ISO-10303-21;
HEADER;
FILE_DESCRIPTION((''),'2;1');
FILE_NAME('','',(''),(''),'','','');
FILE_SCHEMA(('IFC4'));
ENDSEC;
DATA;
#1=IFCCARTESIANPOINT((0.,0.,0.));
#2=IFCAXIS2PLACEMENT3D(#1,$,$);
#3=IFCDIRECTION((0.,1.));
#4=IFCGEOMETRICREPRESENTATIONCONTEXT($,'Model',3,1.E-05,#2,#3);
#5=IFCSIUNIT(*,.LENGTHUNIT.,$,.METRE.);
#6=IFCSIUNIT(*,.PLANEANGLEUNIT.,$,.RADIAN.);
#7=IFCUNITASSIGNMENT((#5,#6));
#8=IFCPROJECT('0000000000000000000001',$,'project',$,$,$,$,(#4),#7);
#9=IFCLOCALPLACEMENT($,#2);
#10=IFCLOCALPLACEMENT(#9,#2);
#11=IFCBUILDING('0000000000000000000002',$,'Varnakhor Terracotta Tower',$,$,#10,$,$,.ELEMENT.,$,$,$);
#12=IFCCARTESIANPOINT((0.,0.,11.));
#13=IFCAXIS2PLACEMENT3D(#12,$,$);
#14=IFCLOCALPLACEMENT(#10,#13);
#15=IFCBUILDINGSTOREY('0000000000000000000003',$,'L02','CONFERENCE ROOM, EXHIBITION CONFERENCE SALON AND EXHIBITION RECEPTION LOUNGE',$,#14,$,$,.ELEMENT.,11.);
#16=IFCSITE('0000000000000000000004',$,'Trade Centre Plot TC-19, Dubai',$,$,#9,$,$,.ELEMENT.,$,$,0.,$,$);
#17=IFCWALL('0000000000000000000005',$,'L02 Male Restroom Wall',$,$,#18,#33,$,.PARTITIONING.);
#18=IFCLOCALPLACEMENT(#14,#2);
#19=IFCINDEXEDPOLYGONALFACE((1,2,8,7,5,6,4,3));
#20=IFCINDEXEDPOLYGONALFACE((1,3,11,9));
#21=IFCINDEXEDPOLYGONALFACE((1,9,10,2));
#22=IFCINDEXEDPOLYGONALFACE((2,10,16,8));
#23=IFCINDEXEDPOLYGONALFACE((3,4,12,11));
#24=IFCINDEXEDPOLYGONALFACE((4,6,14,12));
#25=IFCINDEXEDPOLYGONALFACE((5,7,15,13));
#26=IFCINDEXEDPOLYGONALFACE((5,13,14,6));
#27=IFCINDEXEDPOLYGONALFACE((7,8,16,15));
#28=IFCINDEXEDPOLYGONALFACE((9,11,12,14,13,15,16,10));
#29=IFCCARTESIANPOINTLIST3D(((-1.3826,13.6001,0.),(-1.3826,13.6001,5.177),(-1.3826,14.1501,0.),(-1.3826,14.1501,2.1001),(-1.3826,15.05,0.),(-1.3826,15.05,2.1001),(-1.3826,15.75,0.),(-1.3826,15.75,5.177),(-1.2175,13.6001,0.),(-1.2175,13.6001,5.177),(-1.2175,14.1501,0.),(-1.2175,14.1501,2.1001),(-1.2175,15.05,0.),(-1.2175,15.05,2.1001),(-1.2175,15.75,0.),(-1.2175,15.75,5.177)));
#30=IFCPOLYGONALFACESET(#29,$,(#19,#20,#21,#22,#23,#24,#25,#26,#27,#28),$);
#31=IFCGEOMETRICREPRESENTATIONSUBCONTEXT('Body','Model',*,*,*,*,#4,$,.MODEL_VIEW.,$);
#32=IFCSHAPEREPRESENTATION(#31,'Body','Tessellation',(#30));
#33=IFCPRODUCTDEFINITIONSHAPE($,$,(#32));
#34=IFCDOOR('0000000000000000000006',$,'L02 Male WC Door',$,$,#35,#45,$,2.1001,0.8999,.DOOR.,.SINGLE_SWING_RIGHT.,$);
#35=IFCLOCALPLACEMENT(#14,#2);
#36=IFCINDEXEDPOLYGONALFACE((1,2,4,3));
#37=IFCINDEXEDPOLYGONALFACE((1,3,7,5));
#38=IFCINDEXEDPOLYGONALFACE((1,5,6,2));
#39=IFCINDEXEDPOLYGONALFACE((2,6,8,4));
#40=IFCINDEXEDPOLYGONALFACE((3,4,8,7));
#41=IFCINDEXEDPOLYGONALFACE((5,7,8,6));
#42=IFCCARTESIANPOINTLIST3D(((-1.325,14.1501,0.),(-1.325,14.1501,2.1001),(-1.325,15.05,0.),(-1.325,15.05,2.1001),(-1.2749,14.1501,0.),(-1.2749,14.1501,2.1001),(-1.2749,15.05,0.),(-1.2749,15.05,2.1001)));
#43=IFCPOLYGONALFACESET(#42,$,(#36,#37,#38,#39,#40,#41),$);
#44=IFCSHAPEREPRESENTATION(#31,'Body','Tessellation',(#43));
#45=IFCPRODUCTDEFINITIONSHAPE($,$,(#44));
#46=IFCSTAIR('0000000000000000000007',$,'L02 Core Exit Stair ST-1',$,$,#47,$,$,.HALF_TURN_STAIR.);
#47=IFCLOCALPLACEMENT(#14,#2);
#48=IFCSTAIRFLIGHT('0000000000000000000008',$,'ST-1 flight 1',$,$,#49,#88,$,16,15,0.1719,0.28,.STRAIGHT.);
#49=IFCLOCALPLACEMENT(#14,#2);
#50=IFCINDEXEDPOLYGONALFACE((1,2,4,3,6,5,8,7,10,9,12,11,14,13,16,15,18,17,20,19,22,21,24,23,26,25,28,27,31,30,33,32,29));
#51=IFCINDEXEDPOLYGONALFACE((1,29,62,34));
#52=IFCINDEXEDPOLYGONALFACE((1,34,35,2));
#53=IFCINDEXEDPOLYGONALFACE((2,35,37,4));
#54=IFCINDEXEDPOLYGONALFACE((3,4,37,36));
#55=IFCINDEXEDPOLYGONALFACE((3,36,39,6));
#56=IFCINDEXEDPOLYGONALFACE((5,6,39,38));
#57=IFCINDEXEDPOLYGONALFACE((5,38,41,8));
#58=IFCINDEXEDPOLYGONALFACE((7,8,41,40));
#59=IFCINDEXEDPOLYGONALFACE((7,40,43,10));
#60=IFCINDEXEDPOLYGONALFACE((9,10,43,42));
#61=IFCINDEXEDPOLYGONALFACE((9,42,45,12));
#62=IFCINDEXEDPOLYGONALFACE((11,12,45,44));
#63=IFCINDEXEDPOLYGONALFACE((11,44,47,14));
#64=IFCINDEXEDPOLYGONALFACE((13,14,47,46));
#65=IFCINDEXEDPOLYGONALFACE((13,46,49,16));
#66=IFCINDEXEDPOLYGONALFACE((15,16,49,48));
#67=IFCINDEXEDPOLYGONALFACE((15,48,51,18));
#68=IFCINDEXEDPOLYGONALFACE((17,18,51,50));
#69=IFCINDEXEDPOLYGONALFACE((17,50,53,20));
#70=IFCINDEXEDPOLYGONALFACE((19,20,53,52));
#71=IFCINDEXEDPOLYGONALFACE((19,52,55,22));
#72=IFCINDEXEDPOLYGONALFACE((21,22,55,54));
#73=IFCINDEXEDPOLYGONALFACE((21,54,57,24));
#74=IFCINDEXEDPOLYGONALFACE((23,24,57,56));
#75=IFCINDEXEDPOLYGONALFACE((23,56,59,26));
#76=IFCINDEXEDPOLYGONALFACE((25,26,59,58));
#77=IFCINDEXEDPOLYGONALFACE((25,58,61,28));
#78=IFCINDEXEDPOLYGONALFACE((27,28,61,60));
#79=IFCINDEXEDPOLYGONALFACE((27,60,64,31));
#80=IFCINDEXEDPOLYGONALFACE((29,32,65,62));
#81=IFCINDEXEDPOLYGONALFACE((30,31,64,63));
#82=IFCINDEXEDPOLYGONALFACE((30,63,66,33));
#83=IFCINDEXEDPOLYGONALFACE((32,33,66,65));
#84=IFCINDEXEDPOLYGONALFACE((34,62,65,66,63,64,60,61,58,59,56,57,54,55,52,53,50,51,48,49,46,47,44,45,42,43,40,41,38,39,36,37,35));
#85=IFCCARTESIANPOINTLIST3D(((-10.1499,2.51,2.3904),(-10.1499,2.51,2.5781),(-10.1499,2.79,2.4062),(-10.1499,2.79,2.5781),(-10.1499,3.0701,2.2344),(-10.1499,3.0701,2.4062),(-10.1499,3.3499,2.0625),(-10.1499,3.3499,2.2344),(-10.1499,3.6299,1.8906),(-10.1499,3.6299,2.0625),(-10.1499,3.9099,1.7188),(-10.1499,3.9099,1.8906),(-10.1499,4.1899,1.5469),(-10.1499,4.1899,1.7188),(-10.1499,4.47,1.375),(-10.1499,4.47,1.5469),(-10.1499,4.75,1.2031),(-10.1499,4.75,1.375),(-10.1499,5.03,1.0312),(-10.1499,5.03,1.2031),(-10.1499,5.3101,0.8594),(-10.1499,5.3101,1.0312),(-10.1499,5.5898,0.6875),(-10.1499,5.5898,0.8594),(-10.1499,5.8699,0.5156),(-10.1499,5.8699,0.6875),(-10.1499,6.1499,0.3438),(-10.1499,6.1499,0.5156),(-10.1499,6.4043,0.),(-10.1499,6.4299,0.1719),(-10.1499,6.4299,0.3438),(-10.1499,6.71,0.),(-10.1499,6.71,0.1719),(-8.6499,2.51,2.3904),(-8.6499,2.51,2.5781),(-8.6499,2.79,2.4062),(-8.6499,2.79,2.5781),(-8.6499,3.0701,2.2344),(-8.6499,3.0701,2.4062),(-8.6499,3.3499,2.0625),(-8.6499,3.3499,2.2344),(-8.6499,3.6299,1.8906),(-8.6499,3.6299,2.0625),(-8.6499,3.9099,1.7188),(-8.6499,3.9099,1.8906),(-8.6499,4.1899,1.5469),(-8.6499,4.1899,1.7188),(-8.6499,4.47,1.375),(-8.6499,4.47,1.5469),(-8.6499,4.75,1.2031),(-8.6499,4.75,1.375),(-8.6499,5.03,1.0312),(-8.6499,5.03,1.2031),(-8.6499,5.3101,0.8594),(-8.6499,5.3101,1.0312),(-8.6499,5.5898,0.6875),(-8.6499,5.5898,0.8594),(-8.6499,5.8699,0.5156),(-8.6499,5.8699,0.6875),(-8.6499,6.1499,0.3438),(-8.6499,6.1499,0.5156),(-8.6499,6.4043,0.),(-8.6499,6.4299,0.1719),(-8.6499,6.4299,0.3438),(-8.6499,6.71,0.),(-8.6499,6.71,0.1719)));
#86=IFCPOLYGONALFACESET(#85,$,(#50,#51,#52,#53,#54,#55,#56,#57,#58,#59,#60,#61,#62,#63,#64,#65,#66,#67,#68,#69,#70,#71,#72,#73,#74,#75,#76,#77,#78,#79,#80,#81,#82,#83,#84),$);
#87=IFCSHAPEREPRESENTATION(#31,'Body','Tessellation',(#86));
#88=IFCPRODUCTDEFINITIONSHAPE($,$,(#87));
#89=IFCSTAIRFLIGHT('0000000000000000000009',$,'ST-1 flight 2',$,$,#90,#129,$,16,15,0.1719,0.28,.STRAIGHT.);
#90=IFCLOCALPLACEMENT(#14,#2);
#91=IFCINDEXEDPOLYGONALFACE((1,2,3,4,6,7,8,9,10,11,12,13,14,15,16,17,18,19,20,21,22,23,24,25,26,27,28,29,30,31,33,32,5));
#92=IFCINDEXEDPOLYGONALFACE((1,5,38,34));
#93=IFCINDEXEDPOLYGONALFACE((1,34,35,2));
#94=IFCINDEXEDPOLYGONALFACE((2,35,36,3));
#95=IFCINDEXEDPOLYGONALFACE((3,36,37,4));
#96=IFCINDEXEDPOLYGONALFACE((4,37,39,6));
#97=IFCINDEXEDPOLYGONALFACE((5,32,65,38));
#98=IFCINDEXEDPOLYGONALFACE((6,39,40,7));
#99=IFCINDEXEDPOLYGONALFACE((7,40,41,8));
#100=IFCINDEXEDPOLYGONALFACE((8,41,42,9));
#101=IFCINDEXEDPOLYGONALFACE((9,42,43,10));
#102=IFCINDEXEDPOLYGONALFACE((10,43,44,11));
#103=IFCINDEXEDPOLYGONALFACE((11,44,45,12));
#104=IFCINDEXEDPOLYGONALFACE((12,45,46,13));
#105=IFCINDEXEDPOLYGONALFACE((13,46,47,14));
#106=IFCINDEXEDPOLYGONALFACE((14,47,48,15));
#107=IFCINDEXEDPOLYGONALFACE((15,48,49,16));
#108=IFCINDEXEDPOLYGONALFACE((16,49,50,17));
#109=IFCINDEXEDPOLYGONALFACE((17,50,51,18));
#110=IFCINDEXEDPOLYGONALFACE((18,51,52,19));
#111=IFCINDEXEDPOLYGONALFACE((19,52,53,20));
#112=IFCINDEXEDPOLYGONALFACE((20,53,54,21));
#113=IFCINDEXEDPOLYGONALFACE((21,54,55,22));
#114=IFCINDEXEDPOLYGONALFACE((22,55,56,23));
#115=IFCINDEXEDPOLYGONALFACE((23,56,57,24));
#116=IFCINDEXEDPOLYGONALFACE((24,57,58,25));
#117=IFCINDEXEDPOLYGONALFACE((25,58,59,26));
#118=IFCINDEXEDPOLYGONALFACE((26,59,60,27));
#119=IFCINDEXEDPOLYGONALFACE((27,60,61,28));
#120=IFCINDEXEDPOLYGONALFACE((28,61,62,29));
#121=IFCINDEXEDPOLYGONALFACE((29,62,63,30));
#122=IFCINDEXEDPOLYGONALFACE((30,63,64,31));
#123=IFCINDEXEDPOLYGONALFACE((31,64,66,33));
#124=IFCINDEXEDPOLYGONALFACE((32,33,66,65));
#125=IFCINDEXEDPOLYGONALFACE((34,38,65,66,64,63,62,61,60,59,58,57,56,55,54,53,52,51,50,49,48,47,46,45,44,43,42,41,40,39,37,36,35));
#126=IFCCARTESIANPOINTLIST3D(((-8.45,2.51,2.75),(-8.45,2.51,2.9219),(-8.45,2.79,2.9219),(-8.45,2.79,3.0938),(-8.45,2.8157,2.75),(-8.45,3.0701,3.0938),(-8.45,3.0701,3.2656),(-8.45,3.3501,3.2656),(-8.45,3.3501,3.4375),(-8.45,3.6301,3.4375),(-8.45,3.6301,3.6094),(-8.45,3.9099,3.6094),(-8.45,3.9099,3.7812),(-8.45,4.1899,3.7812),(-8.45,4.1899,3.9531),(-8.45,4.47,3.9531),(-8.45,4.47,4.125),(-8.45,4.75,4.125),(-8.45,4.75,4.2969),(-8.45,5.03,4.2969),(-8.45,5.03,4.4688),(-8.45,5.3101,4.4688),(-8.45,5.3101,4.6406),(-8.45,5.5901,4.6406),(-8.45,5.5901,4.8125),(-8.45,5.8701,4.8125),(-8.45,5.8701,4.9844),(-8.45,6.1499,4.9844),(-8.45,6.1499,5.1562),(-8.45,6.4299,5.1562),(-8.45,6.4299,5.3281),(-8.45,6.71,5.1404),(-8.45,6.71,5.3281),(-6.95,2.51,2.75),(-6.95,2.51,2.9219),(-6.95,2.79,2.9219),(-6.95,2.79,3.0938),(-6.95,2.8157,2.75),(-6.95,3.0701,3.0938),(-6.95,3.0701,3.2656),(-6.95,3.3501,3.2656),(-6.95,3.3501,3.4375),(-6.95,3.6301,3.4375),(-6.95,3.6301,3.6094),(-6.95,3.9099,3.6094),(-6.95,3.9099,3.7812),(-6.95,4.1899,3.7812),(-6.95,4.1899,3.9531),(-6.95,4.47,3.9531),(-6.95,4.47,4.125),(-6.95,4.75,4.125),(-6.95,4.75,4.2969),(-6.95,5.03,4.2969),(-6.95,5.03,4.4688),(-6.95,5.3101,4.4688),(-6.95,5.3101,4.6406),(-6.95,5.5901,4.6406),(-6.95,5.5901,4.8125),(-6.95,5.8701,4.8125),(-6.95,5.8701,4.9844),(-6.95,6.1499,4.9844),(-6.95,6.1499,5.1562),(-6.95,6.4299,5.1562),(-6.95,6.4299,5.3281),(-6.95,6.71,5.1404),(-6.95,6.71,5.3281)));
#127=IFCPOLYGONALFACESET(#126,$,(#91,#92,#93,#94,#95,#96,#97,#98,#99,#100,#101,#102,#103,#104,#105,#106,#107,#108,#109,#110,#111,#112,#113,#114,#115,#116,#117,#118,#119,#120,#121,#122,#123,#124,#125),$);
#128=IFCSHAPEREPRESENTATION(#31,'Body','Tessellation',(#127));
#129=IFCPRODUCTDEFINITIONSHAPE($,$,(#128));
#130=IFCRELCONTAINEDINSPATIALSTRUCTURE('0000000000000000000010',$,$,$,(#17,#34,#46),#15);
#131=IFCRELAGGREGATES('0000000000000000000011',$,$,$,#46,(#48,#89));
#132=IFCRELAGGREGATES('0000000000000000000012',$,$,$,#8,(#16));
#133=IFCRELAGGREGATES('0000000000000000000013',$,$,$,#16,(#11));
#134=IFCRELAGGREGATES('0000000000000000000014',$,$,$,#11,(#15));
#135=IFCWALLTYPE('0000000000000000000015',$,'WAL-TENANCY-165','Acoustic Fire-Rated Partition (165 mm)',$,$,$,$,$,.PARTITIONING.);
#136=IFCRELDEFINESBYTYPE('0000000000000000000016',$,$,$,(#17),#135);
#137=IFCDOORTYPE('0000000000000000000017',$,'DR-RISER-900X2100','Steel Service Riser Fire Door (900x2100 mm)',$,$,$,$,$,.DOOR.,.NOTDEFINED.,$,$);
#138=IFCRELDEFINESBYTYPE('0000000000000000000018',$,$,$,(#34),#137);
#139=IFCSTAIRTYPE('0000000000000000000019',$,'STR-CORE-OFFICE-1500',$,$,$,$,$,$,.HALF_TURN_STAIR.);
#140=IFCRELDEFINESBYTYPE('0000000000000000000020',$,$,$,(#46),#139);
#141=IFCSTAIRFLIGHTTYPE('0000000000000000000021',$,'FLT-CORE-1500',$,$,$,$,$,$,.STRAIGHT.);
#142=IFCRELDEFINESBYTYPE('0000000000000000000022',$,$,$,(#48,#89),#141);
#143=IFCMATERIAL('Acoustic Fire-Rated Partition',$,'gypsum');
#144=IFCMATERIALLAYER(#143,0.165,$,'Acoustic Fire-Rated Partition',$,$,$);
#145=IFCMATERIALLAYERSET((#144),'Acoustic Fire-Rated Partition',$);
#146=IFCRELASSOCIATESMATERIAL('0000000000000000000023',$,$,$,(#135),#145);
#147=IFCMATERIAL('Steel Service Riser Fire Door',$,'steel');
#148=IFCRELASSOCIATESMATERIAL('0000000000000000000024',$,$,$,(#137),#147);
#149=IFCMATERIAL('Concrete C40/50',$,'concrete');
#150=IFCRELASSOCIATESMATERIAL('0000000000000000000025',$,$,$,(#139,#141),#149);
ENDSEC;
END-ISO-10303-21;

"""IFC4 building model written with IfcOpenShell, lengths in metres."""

from ifc_helpers import new_model, si_unit, direction, frame, frame_2d, origin, place, context, subcontext, project, spatial, polyline, rectangle, outline, extrude, source, transform, mapped, material, layer, layer_set, type_object, type_shapes, element, fill, aggregate, save


model = new_model("IFC4")

# Units and contexts
model_context = context("Model", 3, precision=1e-05, world=origin(), true_north=direction((0.0, 1.0)))
body_context = subcontext(model_context, "Body", "Model", "MODEL_VIEW")
ifc_project = project(units=[si_unit("LENGTHUNIT", "METRE"), si_unit("PLANEANGLEUNIT", "RADIAN")], contexts=[model_context])

# Site, building, storey
site_placement = place(None, origin())
site = spatial("IfcSite", under=ifc_project, at=site_placement, Name="Trade Centre Plot TC-19, Dubai", CompositionType="ELEMENT", RefElevation=0.0)
building_placement = place(site_placement, origin())
building = spatial("IfcBuilding", under=site, at=building_placement, Name="Varnakhor Terracotta Tower", CompositionType="ELEMENT")
storey_placement = place(building_placement, frame((0.0, 0.0, 11.0)))
storey = spatial("IfcBuildingStorey", under=building, at=storey_placement, Name="L02", Description="CONFERENCE ROOM, EXHIBITION CONFERENCE SALON AND EXHIBITION RECEPTION LOUNGE", CompositionType="ELEMENT", Elevation=11.0)

# Shared definitions
ifc_material_1 = material(Name="Concrete C40/50", Category="concrete")

# Wall, opening, door
ifc_material_2 = material(Name="Acoustic Fire-Rated Partition", Category="gypsum")
ifc_layer_1 = layer(ifc_material_2, 0.165, Name="Acoustic Fire-Rated Partition")
ifc_layer_set_1 = layer_set([ifc_layer_1], Name="Acoustic Fire-Rated Partition")
wall_type_1 = type_object("IfcWallType", Name="WAL-TENANCY-165", Description="Acoustic Fire-Rated Partition (165 mm)", PredefinedType="PARTITIONING", material=ifc_layer_set_1)
wall_1_placement = place(storey_placement, frame((-1.3, 13.6001, 0.0), z_axis=(0.0, 0.0, 1.0), x_axis=(0.0, 1.0, 0.0)))
wall_1 = element("IfcWall", 1, at=wall_1_placement, inside=storey, type_object=wall_type_1, Name="L02 Male Restroom Wall", PredefinedType="PARTITIONING", context=body_context, shape_type="SweptSolid", body=[
    extrude(rectangle(XDim=2.1499, YDim=0.165, at=frame_2d((1.075, 0.0))), origin(), (0.0, 0.0, 1.0), 5.177),
])
opening_1_placement = place(wall_1_placement, frame((0.55, 0.0, 0.0)))
opening_1 = element("IfcOpeningElement", 2, at=opening_1_placement, cuts=wall_1, PredefinedType="OPENING", context=body_context, shape_type="SweptSolid", body=[
    extrude(rectangle(XDim=0.8999, YDim=2.1001, at=frame_2d((0.45, 1.05))), frame((0.0, 0.0925, 0.0), z_axis=(0.0, -1.0, 0.0), x_axis=(1.0, 0.0, 0.0)), (0.0, 0.0, 1.0), 0.1851),
])
ifc_material_3 = material(Name="Steel Service Riser Fire Door", Category="steel")
door_type_1 = type_object("IfcDoorType", Name="DR-RISER-900X2100", Description="Steel Service Riser Fire Door (900x2100 mm)", OperationType="NOTDEFINED", PredefinedType="DOOR", material=ifc_material_3)
shared_shape_1 = source(origin(), body_context, "Body", "SweptSolid", [
    extrude(rectangle(XDim=0.8999, YDim=2.1001, at=frame_2d((0.45, 1.05))), frame((0.0, 0.0249, 0.0), z_axis=(0.0, -1.0, 0.0), x_axis=(1.0, 0.0, 0.0)), (0.0, 0.0, 1.0), 0.05),
])
type_shapes(door_type_1, [shared_shape_1])
door_1_placement = place(opening_1_placement, origin())
door_1 = element("IfcDoor", 3, at=door_1_placement, inside=storey, type_object=door_type_1, Name="L02 Male WC Door", OperationType="SINGLE_SWING_RIGHT", OverallHeight=2.1001, OverallWidth=0.8999, PredefinedType="DOOR", context=body_context, shape_type="MappedRepresentation", body=[
    mapped(shared_shape_1, transform((0.0, 0.0, 0.0), scale=1.0)),
])
fill(opening_1, door_1)

# Stair, stair flights
stair_type = type_object("IfcStairType", Name="STR-CORE-OFFICE-1500", PredefinedType="HALF_TURN_STAIR", material=ifc_material_1)
stair_placement = place(storey_placement, origin())
stair = element("IfcStair", 4, at=stair_placement, inside=storey, type_object=stair_type, Name="L02 Core Exit Stair ST-1", PredefinedType="HALF_TURN_STAIR")
stair_flight_type = type_object("IfcStairFlightType", Name="FLT-CORE-1500", PredefinedType="STRAIGHT", material=ifc_material_1)
stair_flight_1_placement = place(storey_placement, frame((-9.3999, 6.71, 0.0), z_axis=(0.0, 0.0, 1.0), x_axis=(0.0, -1.0, 0.0)))
stair_flight_1 = element("IfcStairFlight", 5, at=stair_flight_1_placement, type_object=stair_flight_type, Name="ST-1 flight 1", NumberOfRisers=16, NumberOfTreads=15, PredefinedType="STRAIGHT", RiserHeight=0.1719, TreadLength=0.28, context=body_context, shape_type="SweptSolid", body=[
    extrude(outline(polyline([(0.0, 0.0), (0.0, 0.1719), (0.28, 0.1719), (0.28, 0.3438), (0.5601, 0.3438), (0.5601, 0.5156), (0.8401, 0.5156), (0.8401, 0.6875), (1.1201, 0.6875), (1.1201, 0.8594), (1.3999, 0.8594), (1.3999, 1.0312), (1.6799, 1.0312), (1.6799, 1.2031), (1.96, 1.2031), (1.96, 1.375), (2.24, 1.375), (2.24, 1.5469), (2.52, 1.5469), (2.52, 1.7188), (2.8, 1.7188), (2.8, 1.8906), (3.0801, 1.8906), (3.0801, 2.0625), (3.3601, 2.0625), (3.3601, 2.2344), (3.6399, 2.2344), (3.6399, 2.4062), (3.9199, 2.4062), (3.9199, 2.5781), (4.2, 2.5781), (4.2, 2.75), (4.2, 2.3904), (0.3057, 0.0), (0.0, 0.0)])), frame((0.0, 0.75, 0.0), z_axis=(0.0, -1.0, 0.0), x_axis=(1.0, 0.0, 0.0)), (0.0, 0.0, 1.0), 1.5),
])
stair_flight_2_placement = place(storey_placement, frame((-7.7, 2.51, 2.75), z_axis=(0.0, 0.0, 1.0), x_axis=(0.0, 1.0, 0.0)))
stair_flight_2 = element("IfcStairFlight", 6, at=stair_flight_2_placement, type_object=stair_flight_type, Name="ST-1 flight 2", NumberOfRisers=16, NumberOfTreads=15, PredefinedType="STRAIGHT", RiserHeight=0.1719, TreadLength=0.28, context=body_context, shape_type="SweptSolid", body=[
    extrude(outline(polyline([(0.0, 0.0), (0.0, 0.1719), (0.28, 0.1719), (0.28, 0.3438), (0.5601, 0.3438), (0.5601, 0.5156), (0.8401, 0.5156), (0.8401, 0.6875), (1.1201, 0.6875), (1.1201, 0.8594), (1.3999, 0.8594), (1.3999, 1.0312), (1.6799, 1.0312), (1.6799, 1.2031), (1.96, 1.2031), (1.96, 1.375), (2.24, 1.375), (2.24, 1.5469), (2.52, 1.5469), (2.52, 1.7188), (2.8, 1.7188), (2.8, 1.8906), (3.0801, 1.8906), (3.0801, 2.0625), (3.3601, 2.0625), (3.3601, 2.2344), (3.6399, 2.2344), (3.6399, 2.4062), (3.9199, 2.4062), (3.9199, 2.5781), (4.2, 2.5781), (4.2, 2.75), (4.2, 2.3904), (0.3057, 0.0), (0.0, 0.0)])), frame((0.0, 0.75, 0.0), z_axis=(0.0, -1.0, 0.0), x_axis=(1.0, 0.0, 0.0)), (0.0, 0.0, 1.0), 1.5),
])
aggregate(stair, [stair_flight_1, stair_flight_2])

save(model, "model.ifc")
